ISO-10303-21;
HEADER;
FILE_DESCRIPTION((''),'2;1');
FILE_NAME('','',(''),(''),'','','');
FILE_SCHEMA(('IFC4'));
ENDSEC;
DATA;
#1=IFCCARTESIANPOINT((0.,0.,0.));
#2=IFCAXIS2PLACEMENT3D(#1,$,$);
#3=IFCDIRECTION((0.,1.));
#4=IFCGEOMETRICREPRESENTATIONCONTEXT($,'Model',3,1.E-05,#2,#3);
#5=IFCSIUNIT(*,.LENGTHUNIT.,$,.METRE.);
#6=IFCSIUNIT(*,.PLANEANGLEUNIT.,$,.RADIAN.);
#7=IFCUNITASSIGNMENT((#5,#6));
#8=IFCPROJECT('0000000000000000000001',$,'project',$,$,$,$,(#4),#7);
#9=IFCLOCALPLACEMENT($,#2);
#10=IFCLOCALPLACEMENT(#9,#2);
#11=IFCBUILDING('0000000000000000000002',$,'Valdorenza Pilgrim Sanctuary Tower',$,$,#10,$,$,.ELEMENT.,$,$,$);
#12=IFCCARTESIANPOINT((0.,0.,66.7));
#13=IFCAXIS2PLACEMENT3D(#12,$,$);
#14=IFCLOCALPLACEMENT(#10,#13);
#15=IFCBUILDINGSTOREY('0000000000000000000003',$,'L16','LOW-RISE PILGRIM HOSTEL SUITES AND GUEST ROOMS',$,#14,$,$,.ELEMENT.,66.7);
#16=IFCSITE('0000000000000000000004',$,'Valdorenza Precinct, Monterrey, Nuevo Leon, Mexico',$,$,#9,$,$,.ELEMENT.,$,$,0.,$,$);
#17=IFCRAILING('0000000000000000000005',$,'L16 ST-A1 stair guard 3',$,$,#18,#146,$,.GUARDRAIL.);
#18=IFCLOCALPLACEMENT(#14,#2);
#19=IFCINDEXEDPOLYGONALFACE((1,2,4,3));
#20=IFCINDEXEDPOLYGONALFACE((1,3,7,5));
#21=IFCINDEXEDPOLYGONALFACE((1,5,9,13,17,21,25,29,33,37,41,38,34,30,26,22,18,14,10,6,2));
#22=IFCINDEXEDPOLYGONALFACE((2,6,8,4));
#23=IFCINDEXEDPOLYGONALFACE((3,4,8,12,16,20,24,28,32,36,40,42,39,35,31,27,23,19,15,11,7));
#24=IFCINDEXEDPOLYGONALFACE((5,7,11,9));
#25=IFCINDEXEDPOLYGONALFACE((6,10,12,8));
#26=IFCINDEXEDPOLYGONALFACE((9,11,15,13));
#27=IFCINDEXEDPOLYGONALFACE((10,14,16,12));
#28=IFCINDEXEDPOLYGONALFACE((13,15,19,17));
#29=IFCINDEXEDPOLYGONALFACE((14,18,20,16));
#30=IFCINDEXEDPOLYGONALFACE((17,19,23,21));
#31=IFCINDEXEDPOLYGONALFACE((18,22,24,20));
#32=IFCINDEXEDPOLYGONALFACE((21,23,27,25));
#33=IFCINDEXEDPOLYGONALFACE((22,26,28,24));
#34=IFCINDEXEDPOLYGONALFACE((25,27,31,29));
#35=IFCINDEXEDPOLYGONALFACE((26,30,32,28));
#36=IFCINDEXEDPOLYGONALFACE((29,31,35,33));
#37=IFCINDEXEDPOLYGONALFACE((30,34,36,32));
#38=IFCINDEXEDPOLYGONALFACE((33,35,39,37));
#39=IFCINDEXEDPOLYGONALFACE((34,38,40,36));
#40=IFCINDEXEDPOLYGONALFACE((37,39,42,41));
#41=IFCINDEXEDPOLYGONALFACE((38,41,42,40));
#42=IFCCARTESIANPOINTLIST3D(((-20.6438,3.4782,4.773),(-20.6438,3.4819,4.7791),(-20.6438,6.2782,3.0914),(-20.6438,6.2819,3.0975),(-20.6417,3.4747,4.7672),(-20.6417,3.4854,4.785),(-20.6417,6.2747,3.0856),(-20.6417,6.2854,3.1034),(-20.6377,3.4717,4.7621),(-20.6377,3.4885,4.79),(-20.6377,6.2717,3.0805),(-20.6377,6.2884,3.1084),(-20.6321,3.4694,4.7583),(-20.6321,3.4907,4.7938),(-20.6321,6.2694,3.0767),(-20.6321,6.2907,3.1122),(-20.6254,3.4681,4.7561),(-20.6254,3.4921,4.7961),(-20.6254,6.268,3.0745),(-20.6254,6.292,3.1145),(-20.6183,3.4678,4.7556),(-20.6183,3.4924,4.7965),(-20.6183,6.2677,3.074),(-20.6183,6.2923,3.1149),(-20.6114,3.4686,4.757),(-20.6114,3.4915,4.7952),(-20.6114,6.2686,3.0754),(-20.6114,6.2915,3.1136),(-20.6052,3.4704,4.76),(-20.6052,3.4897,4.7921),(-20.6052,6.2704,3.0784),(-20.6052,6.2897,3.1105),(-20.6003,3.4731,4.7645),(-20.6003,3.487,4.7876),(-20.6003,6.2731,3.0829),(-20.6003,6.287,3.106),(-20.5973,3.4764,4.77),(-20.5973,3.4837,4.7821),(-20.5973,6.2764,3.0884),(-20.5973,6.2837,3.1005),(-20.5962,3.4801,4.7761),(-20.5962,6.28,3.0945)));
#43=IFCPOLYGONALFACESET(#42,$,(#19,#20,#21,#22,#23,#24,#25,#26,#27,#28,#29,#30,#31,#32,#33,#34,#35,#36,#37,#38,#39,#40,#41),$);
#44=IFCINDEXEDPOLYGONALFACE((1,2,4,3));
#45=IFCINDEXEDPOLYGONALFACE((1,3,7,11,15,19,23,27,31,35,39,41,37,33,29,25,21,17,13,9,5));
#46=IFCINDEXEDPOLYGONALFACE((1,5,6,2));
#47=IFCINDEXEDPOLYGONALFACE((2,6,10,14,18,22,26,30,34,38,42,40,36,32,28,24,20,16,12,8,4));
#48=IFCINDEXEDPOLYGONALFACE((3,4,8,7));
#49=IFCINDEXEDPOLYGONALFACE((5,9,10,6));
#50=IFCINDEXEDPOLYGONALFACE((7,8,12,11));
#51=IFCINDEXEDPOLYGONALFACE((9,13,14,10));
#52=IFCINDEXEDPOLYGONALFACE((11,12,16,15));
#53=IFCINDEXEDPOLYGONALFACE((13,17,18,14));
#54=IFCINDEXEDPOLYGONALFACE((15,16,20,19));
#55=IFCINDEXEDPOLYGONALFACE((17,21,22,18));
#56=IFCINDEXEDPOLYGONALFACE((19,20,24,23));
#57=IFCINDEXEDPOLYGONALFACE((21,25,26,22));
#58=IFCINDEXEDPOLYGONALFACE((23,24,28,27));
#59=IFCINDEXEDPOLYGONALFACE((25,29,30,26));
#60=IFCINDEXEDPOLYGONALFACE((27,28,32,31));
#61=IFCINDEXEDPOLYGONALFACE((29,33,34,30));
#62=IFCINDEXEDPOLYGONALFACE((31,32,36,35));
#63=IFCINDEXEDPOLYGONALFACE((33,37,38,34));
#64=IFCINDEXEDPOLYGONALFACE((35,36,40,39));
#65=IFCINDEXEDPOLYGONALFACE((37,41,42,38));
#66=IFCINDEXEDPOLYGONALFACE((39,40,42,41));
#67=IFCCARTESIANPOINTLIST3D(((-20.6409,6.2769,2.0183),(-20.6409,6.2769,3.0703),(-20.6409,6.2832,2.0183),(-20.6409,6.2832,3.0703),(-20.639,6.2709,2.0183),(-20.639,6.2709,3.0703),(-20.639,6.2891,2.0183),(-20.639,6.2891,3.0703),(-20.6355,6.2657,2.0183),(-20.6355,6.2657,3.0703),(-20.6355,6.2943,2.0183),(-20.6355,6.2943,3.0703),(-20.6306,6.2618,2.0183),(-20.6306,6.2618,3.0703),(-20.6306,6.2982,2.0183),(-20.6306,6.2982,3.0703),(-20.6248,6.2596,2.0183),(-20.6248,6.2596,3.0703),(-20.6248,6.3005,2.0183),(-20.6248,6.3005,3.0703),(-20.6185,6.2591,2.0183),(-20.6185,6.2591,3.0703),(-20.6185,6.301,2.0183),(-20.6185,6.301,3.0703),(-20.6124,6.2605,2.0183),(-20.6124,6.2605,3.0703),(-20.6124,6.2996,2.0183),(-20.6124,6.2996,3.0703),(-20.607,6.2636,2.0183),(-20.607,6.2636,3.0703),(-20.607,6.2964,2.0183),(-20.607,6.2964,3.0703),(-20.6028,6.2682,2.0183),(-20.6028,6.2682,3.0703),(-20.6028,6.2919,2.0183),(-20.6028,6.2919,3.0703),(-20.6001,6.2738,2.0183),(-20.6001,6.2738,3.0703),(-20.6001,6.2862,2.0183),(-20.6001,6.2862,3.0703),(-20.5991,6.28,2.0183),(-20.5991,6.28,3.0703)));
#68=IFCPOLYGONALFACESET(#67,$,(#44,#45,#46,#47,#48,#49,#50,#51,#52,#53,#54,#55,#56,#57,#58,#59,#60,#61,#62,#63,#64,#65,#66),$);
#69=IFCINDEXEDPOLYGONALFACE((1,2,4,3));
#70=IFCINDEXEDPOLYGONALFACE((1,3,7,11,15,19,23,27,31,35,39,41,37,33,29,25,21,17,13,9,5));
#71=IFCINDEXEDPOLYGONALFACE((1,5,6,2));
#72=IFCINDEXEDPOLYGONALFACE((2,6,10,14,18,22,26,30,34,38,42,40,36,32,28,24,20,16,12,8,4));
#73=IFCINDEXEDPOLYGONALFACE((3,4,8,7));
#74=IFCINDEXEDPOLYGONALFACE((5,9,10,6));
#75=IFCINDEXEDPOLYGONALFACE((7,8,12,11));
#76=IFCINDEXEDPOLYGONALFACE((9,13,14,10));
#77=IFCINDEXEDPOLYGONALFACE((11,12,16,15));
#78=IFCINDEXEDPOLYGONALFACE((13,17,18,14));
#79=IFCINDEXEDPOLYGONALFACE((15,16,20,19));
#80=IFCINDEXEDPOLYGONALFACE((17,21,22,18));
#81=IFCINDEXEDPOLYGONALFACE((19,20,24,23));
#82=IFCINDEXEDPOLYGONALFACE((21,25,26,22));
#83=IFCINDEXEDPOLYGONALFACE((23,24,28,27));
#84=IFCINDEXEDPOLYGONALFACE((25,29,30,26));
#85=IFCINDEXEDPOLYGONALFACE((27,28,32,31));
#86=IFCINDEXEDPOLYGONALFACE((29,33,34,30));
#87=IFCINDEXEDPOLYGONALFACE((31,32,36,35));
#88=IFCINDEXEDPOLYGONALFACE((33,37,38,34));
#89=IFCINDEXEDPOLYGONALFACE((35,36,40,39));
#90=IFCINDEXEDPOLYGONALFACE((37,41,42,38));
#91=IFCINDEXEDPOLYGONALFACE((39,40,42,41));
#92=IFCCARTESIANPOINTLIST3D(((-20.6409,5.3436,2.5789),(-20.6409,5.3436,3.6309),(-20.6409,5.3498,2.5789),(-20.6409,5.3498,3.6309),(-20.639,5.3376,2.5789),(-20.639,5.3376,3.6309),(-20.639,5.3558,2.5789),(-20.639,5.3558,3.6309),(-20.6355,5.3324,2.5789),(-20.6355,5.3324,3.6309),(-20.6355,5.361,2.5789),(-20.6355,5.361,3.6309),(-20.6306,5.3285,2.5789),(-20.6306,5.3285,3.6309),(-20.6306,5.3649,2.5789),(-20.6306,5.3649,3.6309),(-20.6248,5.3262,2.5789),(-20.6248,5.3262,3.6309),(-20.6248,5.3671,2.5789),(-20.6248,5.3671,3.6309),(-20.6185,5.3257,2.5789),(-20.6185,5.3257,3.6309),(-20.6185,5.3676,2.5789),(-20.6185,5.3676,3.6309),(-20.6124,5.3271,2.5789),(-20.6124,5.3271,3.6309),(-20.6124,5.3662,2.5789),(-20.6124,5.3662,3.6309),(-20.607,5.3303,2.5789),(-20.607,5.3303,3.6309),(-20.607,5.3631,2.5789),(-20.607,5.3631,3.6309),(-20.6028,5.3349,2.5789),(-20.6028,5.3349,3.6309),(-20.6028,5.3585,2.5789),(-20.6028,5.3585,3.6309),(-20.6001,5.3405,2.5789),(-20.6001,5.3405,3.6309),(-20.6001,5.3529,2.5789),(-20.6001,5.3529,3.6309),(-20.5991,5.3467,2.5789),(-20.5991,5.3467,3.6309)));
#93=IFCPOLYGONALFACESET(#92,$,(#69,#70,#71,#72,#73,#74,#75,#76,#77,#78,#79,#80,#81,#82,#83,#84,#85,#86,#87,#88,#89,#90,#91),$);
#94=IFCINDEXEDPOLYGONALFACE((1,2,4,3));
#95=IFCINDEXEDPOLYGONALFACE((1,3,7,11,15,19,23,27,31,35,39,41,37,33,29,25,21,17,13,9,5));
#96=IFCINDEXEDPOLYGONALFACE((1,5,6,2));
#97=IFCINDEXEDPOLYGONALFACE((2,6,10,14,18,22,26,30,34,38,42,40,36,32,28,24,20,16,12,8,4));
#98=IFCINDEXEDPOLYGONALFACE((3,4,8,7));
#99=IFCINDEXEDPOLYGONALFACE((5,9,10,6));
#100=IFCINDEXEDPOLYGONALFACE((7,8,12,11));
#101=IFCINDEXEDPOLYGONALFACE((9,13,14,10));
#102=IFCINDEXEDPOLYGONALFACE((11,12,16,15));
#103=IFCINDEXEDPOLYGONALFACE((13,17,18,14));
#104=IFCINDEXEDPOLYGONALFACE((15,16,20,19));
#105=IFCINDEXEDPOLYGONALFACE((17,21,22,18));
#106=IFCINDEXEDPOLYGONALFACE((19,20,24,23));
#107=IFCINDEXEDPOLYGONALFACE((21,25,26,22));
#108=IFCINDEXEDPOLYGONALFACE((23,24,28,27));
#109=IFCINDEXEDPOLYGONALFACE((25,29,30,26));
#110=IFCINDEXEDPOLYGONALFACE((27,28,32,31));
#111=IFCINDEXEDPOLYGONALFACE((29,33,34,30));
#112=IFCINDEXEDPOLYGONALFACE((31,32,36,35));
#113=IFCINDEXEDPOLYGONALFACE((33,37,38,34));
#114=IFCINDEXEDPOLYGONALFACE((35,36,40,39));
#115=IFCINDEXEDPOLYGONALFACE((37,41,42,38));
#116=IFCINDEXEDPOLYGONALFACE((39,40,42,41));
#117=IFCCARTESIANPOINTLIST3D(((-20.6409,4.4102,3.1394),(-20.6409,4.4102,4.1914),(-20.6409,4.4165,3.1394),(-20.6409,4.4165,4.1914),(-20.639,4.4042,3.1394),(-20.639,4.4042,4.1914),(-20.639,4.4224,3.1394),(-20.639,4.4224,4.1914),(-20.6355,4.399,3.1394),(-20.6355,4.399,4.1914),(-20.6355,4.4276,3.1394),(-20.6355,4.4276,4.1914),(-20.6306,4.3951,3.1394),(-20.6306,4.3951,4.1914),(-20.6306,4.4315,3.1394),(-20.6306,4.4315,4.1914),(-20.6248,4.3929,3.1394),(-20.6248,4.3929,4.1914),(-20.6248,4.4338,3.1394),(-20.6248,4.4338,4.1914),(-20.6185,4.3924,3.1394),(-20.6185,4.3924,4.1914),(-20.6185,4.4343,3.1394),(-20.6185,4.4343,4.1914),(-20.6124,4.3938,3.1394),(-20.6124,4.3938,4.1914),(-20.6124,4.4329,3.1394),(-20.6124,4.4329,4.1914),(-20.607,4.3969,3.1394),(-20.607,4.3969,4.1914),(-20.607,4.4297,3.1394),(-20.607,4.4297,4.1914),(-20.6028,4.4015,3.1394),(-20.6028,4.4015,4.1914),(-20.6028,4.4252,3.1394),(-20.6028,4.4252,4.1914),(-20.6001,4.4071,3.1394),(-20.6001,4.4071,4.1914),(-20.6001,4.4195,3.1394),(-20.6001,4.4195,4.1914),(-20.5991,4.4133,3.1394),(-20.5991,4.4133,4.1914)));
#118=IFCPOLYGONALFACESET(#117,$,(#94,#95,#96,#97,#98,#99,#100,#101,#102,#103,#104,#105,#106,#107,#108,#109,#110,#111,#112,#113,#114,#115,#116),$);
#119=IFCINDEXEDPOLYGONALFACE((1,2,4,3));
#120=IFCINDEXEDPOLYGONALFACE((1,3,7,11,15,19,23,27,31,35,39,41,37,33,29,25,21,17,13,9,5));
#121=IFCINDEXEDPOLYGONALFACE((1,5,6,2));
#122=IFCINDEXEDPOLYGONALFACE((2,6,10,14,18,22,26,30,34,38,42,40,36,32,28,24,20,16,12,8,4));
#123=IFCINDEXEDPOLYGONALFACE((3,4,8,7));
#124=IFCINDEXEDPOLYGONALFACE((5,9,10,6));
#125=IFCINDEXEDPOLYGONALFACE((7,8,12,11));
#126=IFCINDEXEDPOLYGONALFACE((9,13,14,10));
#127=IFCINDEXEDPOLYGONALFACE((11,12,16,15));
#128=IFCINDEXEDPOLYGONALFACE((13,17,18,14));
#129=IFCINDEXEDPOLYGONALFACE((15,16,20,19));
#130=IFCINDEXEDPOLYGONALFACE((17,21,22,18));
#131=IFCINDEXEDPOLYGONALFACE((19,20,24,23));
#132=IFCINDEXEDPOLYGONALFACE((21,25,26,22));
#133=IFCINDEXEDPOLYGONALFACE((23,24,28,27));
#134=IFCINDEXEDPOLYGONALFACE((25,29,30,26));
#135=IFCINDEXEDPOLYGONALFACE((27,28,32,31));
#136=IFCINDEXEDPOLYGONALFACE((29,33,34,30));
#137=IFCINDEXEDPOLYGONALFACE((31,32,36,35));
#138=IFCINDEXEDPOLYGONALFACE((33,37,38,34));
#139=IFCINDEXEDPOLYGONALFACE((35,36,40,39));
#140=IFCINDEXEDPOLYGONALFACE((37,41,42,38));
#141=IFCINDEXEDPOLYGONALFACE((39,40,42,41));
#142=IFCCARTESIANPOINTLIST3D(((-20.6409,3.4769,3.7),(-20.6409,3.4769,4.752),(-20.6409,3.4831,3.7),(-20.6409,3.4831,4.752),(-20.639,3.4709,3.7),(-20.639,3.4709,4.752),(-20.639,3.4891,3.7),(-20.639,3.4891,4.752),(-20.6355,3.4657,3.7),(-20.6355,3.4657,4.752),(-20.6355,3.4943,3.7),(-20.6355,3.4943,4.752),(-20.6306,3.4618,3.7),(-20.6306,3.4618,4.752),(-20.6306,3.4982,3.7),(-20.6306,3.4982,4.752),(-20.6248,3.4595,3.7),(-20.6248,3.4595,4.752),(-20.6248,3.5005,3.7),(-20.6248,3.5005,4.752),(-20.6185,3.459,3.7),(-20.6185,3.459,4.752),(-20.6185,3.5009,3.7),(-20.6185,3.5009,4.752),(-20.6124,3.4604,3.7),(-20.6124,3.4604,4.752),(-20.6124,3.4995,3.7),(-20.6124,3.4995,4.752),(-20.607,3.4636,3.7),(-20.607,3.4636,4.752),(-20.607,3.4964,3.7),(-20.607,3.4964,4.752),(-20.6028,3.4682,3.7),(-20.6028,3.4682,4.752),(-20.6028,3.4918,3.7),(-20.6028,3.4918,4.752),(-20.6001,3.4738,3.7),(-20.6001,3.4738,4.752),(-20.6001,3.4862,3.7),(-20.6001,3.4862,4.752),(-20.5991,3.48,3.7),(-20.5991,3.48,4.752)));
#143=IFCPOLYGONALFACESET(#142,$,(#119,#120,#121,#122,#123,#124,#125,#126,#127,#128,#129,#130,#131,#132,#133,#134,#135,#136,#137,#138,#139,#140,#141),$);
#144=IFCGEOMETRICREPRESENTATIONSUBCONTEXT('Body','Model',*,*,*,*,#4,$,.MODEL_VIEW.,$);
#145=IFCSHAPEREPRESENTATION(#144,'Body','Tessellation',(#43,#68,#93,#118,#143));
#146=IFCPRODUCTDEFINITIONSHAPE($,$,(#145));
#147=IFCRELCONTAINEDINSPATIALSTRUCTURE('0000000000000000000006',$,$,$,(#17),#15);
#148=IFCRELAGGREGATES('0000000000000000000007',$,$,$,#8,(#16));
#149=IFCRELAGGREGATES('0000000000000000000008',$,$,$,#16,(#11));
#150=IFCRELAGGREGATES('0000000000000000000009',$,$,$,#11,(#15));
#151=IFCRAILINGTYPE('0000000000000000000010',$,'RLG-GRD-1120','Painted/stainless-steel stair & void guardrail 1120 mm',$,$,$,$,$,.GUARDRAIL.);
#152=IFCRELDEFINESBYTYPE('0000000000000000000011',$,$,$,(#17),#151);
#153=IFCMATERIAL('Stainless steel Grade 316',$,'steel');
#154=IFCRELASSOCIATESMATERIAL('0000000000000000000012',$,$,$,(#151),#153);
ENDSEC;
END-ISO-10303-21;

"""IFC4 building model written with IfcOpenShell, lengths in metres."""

from ifc_helpers import new_model, si_unit, direction, frame, origin, origin_2d, place, context, subcontext, project, spatial, circle, extrude, material, type_object, element, save


model = new_model("IFC4")

# Units and contexts
model_context = context("Model", 3, precision=1e-05, world=origin(), true_north=direction((0.0, 1.0)))
body_context = subcontext(model_context, "Body", "Model", "MODEL_VIEW")
ifc_project = project(units=[si_unit("LENGTHUNIT", "METRE"), si_unit("PLANEANGLEUNIT", "RADIAN")], contexts=[model_context])

# Site, building, storey
site_placement = place(None, origin())
site = spatial("IfcSite", under=ifc_project, at=site_placement, Name="Valdorenza Precinct, Monterrey, Nuevo Leon, Mexico", CompositionType="ELEMENT", RefElevation=0.0)
building_placement = place(site_placement, origin())
building = spatial("IfcBuilding", under=site, at=building_placement, Name="Valdorenza Pilgrim Sanctuary Tower", CompositionType="ELEMENT")
storey_placement = place(building_placement, frame((0.0, 0.0, 66.7)))
storey = spatial("IfcBuildingStorey", under=building, at=storey_placement, Name="L16", Description="LOW-RISE PILGRIM HOSTEL SUITES AND GUEST ROOMS", CompositionType="ELEMENT", Elevation=66.7)

# Railing
ifc_material_1 = material(Name="Stainless steel Grade 316", Category="steel")
railing_type_1 = type_object("IfcRailingType", Name="RLG-GRD-1120", Description="Painted/stainless-steel stair & void guardrail 1120 mm", PredefinedType="GUARDRAIL", material=ifc_material_1)
railing_1_placement = place(storey_placement, frame((-20.6201, 6.28, 2.0183)))
element("IfcRailing", 1, at=railing_1_placement, inside=storey, type_object=railing_type_1, Name="L16 ST-A1 stair guard 3", PredefinedType="GUARDRAIL", context=body_context, shape_type="SweptSolid", body=[
    extrude(circle(Radius=0.0239, at=origin_2d()), frame((0.0, 0.0, 1.0762), z_axis=(0.0, -0.857275, 0.514858), x_axis=(1.0, 0.0, 0.0)), (0.0, 0.0, 1.0), 3.2661),
    extrude(circle(Radius=0.021, at=origin_2d()), origin(), (0.0, 0.0, 1.0), 1.052),
    extrude(circle(Radius=0.021, at=origin_2d()), frame((0.0, -0.9333, 0.5605)), (0.0, 0.0, 1.0), 1.052),
    extrude(circle(Radius=0.021, at=origin_2d()), frame((0.0, -1.8667, 1.1211)), (0.0, 0.0, 1.0), 1.052),
    extrude(circle(Radius=0.021, at=origin_2d()), frame((0.0, -2.8, 1.6816)), (0.0, 0.0, 1.0), 1.052),
])

save(model, "model.ifc")
